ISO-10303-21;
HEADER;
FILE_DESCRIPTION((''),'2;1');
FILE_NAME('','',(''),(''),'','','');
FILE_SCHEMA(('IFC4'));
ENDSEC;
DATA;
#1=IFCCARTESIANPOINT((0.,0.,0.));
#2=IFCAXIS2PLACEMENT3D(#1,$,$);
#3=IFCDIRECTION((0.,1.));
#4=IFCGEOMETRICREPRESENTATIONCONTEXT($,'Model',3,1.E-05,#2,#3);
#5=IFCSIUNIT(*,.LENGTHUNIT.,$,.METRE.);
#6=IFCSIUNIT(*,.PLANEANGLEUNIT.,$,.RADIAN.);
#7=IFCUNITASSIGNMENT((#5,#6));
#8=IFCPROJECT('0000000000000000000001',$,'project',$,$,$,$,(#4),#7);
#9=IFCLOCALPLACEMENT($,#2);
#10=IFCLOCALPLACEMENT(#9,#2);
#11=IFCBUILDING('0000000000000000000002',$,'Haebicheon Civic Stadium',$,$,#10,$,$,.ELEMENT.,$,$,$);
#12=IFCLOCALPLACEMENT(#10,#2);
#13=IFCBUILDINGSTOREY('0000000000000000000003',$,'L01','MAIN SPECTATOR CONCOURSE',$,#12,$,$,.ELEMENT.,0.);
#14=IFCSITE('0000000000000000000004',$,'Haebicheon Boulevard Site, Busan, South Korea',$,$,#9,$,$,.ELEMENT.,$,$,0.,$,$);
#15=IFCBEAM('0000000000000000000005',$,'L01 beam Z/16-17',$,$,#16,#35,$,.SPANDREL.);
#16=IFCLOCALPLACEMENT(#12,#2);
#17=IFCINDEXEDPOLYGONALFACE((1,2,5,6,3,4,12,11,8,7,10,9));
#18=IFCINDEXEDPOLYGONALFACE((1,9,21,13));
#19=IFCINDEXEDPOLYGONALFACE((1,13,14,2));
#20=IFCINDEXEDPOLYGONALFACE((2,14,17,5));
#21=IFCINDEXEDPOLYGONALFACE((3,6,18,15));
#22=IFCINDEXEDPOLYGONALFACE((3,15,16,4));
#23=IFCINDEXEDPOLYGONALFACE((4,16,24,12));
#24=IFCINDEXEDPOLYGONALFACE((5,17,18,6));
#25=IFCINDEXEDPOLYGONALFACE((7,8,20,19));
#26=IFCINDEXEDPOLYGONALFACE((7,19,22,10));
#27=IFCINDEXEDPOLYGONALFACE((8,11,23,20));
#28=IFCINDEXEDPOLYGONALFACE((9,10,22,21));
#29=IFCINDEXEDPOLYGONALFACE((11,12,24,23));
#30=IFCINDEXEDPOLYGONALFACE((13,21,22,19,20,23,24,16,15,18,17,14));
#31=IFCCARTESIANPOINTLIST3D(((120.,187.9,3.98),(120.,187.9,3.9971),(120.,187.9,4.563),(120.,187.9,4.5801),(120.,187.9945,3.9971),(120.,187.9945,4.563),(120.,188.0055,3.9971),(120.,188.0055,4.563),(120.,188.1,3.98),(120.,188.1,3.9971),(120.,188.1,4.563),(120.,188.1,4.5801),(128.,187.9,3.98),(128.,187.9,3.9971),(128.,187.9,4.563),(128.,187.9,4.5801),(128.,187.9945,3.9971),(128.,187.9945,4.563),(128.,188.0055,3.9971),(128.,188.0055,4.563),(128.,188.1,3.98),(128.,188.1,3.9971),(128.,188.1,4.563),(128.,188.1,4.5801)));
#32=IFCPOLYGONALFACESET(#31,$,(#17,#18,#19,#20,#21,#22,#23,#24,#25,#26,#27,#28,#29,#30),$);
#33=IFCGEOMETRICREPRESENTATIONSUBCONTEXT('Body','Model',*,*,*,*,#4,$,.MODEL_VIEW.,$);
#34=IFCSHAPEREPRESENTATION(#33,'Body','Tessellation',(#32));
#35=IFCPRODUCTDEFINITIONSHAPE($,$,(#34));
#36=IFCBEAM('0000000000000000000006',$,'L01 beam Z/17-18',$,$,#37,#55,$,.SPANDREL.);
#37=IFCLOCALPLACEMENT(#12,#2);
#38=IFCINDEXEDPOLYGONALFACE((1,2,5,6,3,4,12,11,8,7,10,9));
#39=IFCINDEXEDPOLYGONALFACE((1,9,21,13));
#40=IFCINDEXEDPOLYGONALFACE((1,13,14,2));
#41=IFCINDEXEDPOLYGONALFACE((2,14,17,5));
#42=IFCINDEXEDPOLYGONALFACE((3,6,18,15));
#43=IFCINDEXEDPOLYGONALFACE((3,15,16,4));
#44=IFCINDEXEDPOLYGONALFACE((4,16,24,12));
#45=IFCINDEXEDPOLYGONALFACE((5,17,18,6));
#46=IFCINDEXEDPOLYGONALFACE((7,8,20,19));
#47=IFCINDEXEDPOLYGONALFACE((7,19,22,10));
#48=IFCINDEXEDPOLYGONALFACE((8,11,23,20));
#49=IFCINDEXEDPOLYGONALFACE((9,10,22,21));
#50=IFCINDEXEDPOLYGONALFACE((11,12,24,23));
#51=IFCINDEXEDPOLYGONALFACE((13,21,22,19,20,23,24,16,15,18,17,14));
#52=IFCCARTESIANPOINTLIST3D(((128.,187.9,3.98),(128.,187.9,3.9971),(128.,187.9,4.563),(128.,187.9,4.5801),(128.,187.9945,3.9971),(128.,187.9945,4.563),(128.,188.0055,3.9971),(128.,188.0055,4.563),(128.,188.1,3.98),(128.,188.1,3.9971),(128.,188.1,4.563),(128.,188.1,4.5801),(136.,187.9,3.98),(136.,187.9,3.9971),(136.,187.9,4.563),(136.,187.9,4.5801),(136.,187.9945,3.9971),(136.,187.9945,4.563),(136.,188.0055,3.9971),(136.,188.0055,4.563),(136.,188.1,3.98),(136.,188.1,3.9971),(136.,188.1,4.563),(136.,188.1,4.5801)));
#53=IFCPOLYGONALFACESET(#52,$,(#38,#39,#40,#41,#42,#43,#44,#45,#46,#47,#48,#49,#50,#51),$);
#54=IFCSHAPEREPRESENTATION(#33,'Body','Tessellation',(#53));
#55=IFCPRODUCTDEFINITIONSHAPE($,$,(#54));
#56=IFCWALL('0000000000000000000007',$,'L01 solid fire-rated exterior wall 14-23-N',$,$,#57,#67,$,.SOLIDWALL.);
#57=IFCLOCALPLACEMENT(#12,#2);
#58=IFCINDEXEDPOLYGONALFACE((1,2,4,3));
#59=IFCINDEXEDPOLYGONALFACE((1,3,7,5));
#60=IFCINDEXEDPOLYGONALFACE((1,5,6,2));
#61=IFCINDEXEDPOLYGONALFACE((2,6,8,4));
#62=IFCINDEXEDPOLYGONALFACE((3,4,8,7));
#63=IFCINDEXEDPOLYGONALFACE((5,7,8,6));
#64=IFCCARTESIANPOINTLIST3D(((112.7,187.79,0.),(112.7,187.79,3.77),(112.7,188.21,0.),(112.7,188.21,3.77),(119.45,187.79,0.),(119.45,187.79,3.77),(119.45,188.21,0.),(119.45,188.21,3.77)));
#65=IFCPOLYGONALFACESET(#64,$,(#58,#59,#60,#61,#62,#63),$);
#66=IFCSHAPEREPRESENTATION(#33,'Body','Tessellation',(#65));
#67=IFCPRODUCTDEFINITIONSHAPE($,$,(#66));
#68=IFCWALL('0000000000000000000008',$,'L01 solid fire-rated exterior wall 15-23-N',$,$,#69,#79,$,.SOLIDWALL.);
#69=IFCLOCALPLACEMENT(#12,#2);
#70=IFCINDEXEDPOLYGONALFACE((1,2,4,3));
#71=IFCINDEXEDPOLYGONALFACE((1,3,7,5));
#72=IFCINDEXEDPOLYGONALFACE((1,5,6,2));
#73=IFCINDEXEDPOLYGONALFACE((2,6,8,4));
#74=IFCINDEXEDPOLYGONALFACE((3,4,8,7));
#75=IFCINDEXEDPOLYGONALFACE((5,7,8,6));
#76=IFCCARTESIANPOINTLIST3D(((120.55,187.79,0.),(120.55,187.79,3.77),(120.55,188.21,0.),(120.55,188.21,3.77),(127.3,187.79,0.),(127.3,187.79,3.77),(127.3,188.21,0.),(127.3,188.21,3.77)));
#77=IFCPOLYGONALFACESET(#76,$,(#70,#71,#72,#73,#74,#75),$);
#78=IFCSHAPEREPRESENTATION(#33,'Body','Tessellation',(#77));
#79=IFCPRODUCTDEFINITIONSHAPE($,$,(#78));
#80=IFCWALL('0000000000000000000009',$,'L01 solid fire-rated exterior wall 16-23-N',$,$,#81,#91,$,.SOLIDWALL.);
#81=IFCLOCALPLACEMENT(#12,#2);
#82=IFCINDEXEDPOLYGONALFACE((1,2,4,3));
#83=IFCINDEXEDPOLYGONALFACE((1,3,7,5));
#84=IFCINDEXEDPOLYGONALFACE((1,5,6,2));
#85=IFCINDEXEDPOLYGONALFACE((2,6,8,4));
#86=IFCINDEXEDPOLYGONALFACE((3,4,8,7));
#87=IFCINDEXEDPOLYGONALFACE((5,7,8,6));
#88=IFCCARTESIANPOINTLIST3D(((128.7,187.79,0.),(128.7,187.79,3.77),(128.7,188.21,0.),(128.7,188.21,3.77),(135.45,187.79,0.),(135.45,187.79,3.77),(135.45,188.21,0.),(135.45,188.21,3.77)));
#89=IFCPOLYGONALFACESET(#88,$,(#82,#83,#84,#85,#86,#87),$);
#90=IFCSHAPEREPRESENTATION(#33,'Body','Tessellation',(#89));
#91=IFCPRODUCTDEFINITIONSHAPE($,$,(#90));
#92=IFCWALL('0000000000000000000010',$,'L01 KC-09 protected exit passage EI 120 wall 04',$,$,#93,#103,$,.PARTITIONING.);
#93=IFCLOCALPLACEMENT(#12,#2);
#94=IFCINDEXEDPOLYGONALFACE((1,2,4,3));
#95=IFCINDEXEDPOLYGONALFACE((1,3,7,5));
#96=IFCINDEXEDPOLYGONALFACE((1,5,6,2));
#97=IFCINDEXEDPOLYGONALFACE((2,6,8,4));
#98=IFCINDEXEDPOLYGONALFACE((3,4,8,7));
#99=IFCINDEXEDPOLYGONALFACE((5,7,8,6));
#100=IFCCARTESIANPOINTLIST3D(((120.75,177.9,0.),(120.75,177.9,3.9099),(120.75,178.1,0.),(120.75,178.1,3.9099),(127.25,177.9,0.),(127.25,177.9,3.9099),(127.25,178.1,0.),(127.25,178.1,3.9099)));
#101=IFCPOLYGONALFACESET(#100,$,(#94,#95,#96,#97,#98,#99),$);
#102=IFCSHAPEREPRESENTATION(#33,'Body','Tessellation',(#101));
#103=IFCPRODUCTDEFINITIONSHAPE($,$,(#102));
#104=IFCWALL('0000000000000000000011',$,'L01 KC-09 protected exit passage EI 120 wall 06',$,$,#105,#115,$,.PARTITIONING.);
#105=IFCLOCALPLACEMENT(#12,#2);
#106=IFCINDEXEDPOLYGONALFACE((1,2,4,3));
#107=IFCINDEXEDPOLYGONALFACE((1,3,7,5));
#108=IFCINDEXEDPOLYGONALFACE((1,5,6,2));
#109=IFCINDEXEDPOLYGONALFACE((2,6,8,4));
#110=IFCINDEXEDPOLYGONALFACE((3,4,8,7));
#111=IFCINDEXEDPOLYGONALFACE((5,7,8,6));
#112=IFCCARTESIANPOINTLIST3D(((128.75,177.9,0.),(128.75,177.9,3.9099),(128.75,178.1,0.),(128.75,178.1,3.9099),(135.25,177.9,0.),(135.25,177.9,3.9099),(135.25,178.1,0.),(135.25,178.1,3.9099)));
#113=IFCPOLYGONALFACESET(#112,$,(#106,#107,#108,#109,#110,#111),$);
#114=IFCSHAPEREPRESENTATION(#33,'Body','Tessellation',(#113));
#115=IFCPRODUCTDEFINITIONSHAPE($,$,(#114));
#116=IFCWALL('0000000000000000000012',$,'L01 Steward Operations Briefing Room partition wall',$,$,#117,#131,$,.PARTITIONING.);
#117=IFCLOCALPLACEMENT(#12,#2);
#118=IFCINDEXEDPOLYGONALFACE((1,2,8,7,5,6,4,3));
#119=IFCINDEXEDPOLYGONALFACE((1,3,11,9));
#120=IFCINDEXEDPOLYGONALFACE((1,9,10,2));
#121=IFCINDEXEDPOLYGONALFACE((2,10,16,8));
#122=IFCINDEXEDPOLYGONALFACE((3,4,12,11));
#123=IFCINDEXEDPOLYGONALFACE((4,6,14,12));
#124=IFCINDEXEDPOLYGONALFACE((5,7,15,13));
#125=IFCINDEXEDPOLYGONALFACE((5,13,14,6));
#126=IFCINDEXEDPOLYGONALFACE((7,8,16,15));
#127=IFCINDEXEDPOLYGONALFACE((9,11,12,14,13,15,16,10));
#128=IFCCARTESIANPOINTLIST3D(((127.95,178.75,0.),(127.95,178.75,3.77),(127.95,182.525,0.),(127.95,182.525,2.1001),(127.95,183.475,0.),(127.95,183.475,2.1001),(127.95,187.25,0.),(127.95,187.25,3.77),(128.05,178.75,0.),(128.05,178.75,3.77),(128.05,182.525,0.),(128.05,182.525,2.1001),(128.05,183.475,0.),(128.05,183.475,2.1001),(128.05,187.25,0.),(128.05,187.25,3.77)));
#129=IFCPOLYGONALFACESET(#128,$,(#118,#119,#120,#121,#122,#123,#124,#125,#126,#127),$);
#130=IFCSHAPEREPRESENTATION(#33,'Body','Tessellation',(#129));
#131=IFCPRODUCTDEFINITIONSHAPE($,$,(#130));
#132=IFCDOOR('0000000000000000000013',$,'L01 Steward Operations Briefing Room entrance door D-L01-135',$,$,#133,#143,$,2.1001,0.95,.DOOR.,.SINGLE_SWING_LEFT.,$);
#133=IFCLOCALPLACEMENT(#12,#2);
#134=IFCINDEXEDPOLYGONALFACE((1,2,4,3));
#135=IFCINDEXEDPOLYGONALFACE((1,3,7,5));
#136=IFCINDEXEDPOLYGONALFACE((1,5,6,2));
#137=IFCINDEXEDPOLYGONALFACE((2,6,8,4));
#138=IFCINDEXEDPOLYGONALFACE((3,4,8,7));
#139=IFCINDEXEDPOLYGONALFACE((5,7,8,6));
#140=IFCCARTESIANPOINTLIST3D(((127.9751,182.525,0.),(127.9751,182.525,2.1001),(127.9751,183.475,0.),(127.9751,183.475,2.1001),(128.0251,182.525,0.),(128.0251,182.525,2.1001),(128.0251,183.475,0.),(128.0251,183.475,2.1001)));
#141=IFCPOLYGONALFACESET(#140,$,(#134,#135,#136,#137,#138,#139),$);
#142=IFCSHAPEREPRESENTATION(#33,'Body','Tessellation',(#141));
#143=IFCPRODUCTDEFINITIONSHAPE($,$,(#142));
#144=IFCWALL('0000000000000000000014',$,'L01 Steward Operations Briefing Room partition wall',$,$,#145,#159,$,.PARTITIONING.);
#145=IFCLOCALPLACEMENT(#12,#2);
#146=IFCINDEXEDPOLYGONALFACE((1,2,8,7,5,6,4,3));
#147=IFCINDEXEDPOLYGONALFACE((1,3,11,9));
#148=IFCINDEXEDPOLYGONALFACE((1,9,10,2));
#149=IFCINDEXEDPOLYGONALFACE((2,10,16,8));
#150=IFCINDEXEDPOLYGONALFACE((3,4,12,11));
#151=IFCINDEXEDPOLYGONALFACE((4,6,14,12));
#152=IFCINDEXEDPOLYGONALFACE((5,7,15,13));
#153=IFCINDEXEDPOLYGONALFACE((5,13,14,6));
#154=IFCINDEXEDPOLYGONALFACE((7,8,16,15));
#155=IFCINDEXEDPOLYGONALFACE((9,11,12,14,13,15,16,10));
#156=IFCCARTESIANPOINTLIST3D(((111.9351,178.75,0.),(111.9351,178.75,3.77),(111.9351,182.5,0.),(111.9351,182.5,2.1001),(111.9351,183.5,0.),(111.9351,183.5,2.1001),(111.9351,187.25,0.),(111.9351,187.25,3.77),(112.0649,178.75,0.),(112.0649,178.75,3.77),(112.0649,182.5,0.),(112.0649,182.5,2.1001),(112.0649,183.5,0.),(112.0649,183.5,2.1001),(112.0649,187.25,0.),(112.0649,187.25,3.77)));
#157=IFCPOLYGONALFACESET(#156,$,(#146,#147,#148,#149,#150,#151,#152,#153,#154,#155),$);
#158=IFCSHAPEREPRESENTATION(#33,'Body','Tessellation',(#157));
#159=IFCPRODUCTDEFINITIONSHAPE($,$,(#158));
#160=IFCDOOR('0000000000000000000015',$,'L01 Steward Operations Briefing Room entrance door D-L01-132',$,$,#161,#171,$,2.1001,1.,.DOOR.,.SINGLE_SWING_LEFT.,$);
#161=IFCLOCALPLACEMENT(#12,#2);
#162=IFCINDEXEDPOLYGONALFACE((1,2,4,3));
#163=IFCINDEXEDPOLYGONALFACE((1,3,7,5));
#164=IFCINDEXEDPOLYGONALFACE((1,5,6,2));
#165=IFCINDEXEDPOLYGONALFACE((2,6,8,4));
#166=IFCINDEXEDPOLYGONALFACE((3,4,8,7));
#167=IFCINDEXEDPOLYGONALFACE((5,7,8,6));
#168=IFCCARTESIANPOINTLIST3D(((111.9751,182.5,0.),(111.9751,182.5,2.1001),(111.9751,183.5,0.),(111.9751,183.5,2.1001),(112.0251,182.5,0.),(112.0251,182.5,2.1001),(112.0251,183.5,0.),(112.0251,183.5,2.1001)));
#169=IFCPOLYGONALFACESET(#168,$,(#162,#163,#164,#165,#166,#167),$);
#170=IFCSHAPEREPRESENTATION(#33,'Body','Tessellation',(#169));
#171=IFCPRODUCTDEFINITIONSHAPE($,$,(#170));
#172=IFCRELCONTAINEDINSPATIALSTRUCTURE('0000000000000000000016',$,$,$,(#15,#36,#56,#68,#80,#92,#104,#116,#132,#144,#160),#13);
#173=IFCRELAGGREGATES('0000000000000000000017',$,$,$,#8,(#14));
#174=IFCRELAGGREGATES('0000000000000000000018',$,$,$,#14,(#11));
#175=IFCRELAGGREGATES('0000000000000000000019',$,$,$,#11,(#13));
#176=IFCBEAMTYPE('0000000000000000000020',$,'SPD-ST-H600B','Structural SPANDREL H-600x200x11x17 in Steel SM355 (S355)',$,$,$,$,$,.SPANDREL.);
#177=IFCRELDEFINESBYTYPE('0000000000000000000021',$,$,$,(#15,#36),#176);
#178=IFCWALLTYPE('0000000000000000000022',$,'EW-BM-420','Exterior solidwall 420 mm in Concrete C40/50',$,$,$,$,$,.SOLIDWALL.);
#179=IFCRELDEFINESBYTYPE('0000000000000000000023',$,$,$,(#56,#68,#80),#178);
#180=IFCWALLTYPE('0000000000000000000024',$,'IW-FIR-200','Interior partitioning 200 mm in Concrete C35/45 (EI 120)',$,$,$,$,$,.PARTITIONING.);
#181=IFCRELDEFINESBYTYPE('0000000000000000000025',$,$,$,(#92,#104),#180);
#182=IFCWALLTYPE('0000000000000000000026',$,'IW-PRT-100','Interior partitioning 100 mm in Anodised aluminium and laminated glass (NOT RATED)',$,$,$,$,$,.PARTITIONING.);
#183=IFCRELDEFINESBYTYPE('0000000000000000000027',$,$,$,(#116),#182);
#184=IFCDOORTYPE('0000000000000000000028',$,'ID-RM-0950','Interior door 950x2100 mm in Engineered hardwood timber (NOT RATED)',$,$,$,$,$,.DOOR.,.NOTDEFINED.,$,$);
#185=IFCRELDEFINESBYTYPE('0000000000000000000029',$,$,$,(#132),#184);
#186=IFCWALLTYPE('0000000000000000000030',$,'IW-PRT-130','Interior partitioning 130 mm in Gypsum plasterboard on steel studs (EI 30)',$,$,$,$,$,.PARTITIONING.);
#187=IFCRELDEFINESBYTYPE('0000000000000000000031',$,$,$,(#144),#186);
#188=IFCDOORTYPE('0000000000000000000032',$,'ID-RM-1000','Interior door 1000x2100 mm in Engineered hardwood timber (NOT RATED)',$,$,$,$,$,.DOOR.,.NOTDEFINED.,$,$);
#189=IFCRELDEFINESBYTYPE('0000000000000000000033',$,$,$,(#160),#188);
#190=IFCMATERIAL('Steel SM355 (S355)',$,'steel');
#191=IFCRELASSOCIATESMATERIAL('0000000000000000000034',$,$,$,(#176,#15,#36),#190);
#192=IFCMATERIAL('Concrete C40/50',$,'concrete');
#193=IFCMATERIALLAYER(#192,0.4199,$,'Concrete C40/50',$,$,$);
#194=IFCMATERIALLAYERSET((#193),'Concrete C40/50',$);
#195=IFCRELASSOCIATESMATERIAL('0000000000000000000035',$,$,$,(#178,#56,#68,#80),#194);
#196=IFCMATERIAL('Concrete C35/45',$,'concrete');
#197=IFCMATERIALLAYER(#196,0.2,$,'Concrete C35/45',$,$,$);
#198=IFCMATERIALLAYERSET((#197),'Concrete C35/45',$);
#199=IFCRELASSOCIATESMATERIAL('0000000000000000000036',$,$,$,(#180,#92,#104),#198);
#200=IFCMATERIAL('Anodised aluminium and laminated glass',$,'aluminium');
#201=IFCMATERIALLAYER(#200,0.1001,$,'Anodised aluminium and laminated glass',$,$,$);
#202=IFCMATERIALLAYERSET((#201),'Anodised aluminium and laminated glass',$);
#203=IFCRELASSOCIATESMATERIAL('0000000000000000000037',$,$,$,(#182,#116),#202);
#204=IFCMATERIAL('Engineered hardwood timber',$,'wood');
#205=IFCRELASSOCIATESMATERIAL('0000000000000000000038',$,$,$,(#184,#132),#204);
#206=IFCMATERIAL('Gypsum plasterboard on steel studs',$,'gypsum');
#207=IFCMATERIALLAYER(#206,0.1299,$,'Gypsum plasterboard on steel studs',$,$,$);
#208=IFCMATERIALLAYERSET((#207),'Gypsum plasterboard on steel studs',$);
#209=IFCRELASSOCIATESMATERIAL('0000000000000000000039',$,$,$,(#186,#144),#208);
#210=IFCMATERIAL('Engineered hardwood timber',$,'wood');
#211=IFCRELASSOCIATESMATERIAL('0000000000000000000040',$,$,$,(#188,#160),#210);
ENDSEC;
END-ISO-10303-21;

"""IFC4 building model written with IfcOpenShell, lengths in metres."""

from ifc_helpers import new_model, si_unit, direction, frame, frame_2d, origin, origin_2d, place, context, subcontext, project, spatial, rectangle, i_section, extrude, material, layer, layer_set, material_profile, profile_set, type_object, element, fill, save


model = new_model("IFC4")

# Units and contexts
model_context = context("Model", 3, precision=1e-05, world=origin(), true_north=direction((0.0, 1.0)))
body_context = subcontext(model_context, "Body", "Model", "MODEL_VIEW")
ifc_project = project(units=[si_unit("LENGTHUNIT", "METRE"), si_unit("PLANEANGLEUNIT", "RADIAN")], contexts=[model_context])

# Site, building, storey
site_placement = place(None, origin())
site = spatial("IfcSite", under=ifc_project, at=site_placement, Name="Haebicheon Boulevard Site, Busan, South Korea", CompositionType="ELEMENT", RefElevation=0.0)
building_placement = place(site_placement, origin())
building = spatial("IfcBuilding", under=site, at=building_placement, Name="Haebicheon Civic Stadium", CompositionType="ELEMENT")
storey_placement = place(building_placement, origin())
storey = spatial("IfcBuildingStorey", under=building, at=storey_placement, Name="L01", Description="MAIN SPECTATOR CONCOURSE", CompositionType="ELEMENT", Elevation=0.0)

# Beams
ifc_material_1 = material(Name="Steel SM355 (S355)", Category="steel")
ifc_material_profile_1 = material_profile(ifc_material_1, i_section(OverallWidth=0.2, OverallDepth=0.6001, WebThickness=0.011, FlangeThickness=0.0171, at=origin_2d()), Name="H-600x200x11x17")
ifc_profile_set_1 = profile_set([ifc_material_profile_1], Name="Steel SM355 (S355)")
beam_type_1 = type_object("IfcBeamType", Name="SPD-ST-H600B", Description="Structural SPANDREL H-600x200x11x17 in Steel SM355 (S355)", PredefinedType="SPANDREL", material=ifc_profile_set_1)
for number, where, z_axis, x_axis, name in (
    (1, (120.0, 188.0, 4.28), (1.0, 0.0, 0.0), (0.0, 1.0, 0.0), "L01 beam Z/16-17"),
    (2, (128.0, 188.0, 4.28), (1.0, 0.0, 0.0), (0.0, 1.0, 0.0), "L01 beam Z/17-18"),
):
    element("IfcBeam", number, at=place(storey_placement, frame(where, z_axis=z_axis, x_axis=x_axis)), inside=storey, type_object=beam_type_1, material=ifc_profile_set_1, Name=name, PredefinedType="SPANDREL", context=body_context, shape_type="SweptSolid", body=[
        extrude(i_section(OverallWidth=0.2, OverallDepth=0.6001, WebThickness=0.011, FlangeThickness=0.0171, at=origin_2d()), origin(), (0.0, 0.0, 1.0), 8.0),
    ])

# Walls
ifc_material_2 = material(Name="Concrete C40/50", Category="concrete")
ifc_layer_1 = layer(ifc_material_2, 0.4199, Name="Concrete C40/50")
ifc_layer_set_1 = layer_set([ifc_layer_1], Name="Concrete C40/50")
wall_type_1 = type_object("IfcWallType", Name="EW-BM-420", Description="Exterior solidwall 420 mm in Concrete C40/50", PredefinedType="SOLIDWALL", material=ifc_layer_set_1)
for number, where, z_axis, x_axis, name in (
    (3, (112.7, 188.0, 0.0), (0.0, 0.0, 1.0), (1.0, 0.0, 0.0), "L01 solid fire-rated exterior wall 14-23-N"),
    (4, (120.55, 188.0, 0.0), (0.0, 0.0, 1.0), (1.0, 0.0, 0.0), "L01 solid fire-rated exterior wall 15-23-N"),
    (5, (128.7, 188.0, 0.0), (0.0, 0.0, 1.0), (1.0, 0.0, 0.0), "L01 solid fire-rated exterior wall 16-23-N"),
):
    element("IfcWall", number, at=place(storey_placement, frame(where, z_axis=z_axis, x_axis=x_axis)), inside=storey, type_object=wall_type_1, material=ifc_layer_set_1, Name=name, PredefinedType="SOLIDWALL", context=body_context, shape_type="SweptSolid", body=[
        extrude(rectangle(XDim=6.75, YDim=0.4199, at=frame_2d((3.375, 0.0))), origin(), (0.0, 0.0, 1.0), 3.77),
    ])
ifc_material_3 = material(Name="Concrete C35/45", Category="concrete")
ifc_layer_2 = layer(ifc_material_3, 0.2, Name="Concrete C35/45")
ifc_layer_set_2 = layer_set([ifc_layer_2], Name="Concrete C35/45")
wall_type_2 = type_object("IfcWallType", Name="IW-FIR-200", Description="Interior partitioning 200 mm in Concrete C35/45 (EI 120)", PredefinedType="PARTITIONING", material=ifc_layer_set_2)
for number, where, z_axis, x_axis, name in (
    (6, (120.75, 178.0, 0.0), (0.0, 0.0, 1.0), (1.0, 0.0, 0.0), "L01 KC-09 protected exit passage EI 120 wall 04"),
    (7, (128.75, 178.0, 0.0), (0.0, 0.0, 1.0), (1.0, 0.0, 0.0), "L01 KC-09 protected exit passage EI 120 wall 06"),
):
    element("IfcWall", number, at=place(storey_placement, frame(where, z_axis=z_axis, x_axis=x_axis)), inside=storey, type_object=wall_type_2, material=ifc_layer_set_2, Name=name, PredefinedType="PARTITIONING", context=body_context, shape_type="SweptSolid", body=[
        extrude(rectangle(XDim=6.5, YDim=0.2, at=frame_2d((3.25, 0.0))), origin(), (0.0, 0.0, 1.0), 3.9099),
    ])

# Walls, openings, doors
ifc_material_4 = material(Name="Anodised aluminium and laminated glass", Category="aluminium")
ifc_layer_3 = layer(ifc_material_4, 0.1001, Name="Anodised aluminium and laminated glass")
ifc_layer_set_3 = layer_set([ifc_layer_3], Name="Anodised aluminium and laminated glass")
wall_type_3 = type_object("IfcWallType", Name="IW-PRT-100", Description="Interior partitioning 100 mm in Anodised aluminium and laminated glass (NOT RATED)", PredefinedType="PARTITIONING", material=ifc_layer_set_3)
wall_1_placement = place(storey_placement, frame((128.0, 178.75, 0.0), z_axis=(0.0, 0.0, 1.0), x_axis=(0.0, 1.0, 0.0)))
wall_1 = element("IfcWall", 8, at=wall_1_placement, inside=storey, type_object=wall_type_3, material=ifc_layer_set_3, Name="L01 Steward Operations Briefing Room partition wall", PredefinedType="PARTITIONING", context=body_context, shape_type="SweptSolid", body=[
    extrude(rectangle(XDim=8.5, YDim=0.1001, at=frame_2d((4.25, 0.0))), origin(), (0.0, 0.0, 1.0), 3.77),
])
opening_1_placement = place(wall_1_placement, frame((3.7749, 0.0, 0.0)))
opening_1 = element("IfcOpeningElement", 9, at=opening_1_placement, cuts=wall_1, PredefinedType="OPENING", context=body_context, shape_type="SweptSolid", body=[
    extrude(rectangle(XDim=0.95, YDim=2.1001, at=frame_2d((0.4751, 1.05))), frame((0.0, 0.0601, 0.0), z_axis=(0.0, -1.0, 0.0), x_axis=(1.0, 0.0, 0.0)), (0.0, 0.0, 1.0), 0.1201),
])
ifc_material_5 = material(Name="Engineered hardwood timber", Category="wood")
door_type_1 = type_object("IfcDoorType", Name="ID-RM-0950", Description="Interior door 950x2100 mm in Engineered hardwood timber (NOT RATED)", OperationType="NOTDEFINED", PredefinedType="DOOR", material=ifc_material_5)
door_1_placement = place(opening_1_placement, origin())
door_1 = element("IfcDoor", 10, at=door_1_placement, inside=storey, type_object=door_type_1, material=ifc_material_5, Name="L01 Steward Operations Briefing Room entrance door D-L01-135", OperationType="SINGLE_SWING_LEFT", OverallHeight=2.1001, OverallWidth=0.95, PredefinedType="DOOR", context=body_context, shape_type="SweptSolid", body=[
    extrude(rectangle(XDim=0.95, YDim=2.1001, at=frame_2d((0.4751, 1.05))), frame((0.0, 0.0249, 0.0), z_axis=(0.0, -1.0, 0.0), x_axis=(1.0, 0.0, 0.0)), (0.0, 0.0, 1.0), 0.05),
])
fill(opening_1, door_1)
ifc_material_6 = material(Name="Gypsum plasterboard on steel studs", Category="gypsum")
ifc_layer_4 = layer(ifc_material_6, 0.1299, Name="Gypsum plasterboard on steel studs")
ifc_layer_set_4 = layer_set([ifc_layer_4], Name="Gypsum plasterboard on steel studs")
wall_type_4 = type_object("IfcWallType", Name="IW-PRT-130", Description="Interior partitioning 130 mm in Gypsum plasterboard on steel studs (EI 30)", PredefinedType="PARTITIONING", material=ifc_layer_set_4)
wall_2_placement = place(storey_placement, frame((112.0, 178.75, 0.0), z_axis=(0.0, 0.0, 1.0), x_axis=(0.0, 1.0, 0.0)))
wall_2 = element("IfcWall", 11, at=wall_2_placement, inside=storey, type_object=wall_type_4, material=ifc_layer_set_4, Name="L01 Steward Operations Briefing Room partition wall", PredefinedType="PARTITIONING", context=body_context, shape_type="SweptSolid", body=[
    extrude(rectangle(XDim=8.5, YDim=0.1299, at=frame_2d((4.25, 0.0))), origin(), (0.0, 0.0, 1.0), 3.77),
])
opening_2_placement = place(wall_2_placement, frame((3.75, 0.0, 0.0)))
opening_2 = element("IfcOpeningElement", 12, at=opening_2_placement, cuts=wall_2, PredefinedType="OPENING", context=body_context, shape_type="SweptSolid", body=[
    extrude(rectangle(XDim=1.0, YDim=2.1001, at=frame_2d((0.5, 1.05))), frame((0.0, 0.075, 0.0), z_axis=(0.0, -1.0, 0.0), x_axis=(1.0, 0.0, 0.0)), (0.0, 0.0, 1.0), 0.1499),
])
ifc_material_7 = material(Name="Engineered hardwood timber", Category="wood")
door_type_2 = type_object("IfcDoorType", Name="ID-RM-1000", Description="Interior door 1000x2100 mm in Engineered hardwood timber (NOT RATED)", OperationType="NOTDEFINED", PredefinedType="DOOR", material=ifc_material_7)
door_2_placement = place(opening_2_placement, origin())
door_2 = element("IfcDoor", 13, at=door_2_placement, inside=storey, type_object=door_type_2, material=ifc_material_7, Name="L01 Steward Operations Briefing Room entrance door D-L01-132", OperationType="SINGLE_SWING_LEFT", OverallHeight=2.1001, OverallWidth=1.0, PredefinedType="DOOR", context=body_context, shape_type="SweptSolid", body=[
    extrude(rectangle(XDim=1.0, YDim=2.1001, at=frame_2d((0.5, 1.05))), frame((0.0, 0.0249, 0.0), z_axis=(0.0, -1.0, 0.0), x_axis=(1.0, 0.0, 0.0)), (0.0, 0.0, 1.0), 0.05),
])
fill(opening_2, door_2)

save(model, "model.ifc")
